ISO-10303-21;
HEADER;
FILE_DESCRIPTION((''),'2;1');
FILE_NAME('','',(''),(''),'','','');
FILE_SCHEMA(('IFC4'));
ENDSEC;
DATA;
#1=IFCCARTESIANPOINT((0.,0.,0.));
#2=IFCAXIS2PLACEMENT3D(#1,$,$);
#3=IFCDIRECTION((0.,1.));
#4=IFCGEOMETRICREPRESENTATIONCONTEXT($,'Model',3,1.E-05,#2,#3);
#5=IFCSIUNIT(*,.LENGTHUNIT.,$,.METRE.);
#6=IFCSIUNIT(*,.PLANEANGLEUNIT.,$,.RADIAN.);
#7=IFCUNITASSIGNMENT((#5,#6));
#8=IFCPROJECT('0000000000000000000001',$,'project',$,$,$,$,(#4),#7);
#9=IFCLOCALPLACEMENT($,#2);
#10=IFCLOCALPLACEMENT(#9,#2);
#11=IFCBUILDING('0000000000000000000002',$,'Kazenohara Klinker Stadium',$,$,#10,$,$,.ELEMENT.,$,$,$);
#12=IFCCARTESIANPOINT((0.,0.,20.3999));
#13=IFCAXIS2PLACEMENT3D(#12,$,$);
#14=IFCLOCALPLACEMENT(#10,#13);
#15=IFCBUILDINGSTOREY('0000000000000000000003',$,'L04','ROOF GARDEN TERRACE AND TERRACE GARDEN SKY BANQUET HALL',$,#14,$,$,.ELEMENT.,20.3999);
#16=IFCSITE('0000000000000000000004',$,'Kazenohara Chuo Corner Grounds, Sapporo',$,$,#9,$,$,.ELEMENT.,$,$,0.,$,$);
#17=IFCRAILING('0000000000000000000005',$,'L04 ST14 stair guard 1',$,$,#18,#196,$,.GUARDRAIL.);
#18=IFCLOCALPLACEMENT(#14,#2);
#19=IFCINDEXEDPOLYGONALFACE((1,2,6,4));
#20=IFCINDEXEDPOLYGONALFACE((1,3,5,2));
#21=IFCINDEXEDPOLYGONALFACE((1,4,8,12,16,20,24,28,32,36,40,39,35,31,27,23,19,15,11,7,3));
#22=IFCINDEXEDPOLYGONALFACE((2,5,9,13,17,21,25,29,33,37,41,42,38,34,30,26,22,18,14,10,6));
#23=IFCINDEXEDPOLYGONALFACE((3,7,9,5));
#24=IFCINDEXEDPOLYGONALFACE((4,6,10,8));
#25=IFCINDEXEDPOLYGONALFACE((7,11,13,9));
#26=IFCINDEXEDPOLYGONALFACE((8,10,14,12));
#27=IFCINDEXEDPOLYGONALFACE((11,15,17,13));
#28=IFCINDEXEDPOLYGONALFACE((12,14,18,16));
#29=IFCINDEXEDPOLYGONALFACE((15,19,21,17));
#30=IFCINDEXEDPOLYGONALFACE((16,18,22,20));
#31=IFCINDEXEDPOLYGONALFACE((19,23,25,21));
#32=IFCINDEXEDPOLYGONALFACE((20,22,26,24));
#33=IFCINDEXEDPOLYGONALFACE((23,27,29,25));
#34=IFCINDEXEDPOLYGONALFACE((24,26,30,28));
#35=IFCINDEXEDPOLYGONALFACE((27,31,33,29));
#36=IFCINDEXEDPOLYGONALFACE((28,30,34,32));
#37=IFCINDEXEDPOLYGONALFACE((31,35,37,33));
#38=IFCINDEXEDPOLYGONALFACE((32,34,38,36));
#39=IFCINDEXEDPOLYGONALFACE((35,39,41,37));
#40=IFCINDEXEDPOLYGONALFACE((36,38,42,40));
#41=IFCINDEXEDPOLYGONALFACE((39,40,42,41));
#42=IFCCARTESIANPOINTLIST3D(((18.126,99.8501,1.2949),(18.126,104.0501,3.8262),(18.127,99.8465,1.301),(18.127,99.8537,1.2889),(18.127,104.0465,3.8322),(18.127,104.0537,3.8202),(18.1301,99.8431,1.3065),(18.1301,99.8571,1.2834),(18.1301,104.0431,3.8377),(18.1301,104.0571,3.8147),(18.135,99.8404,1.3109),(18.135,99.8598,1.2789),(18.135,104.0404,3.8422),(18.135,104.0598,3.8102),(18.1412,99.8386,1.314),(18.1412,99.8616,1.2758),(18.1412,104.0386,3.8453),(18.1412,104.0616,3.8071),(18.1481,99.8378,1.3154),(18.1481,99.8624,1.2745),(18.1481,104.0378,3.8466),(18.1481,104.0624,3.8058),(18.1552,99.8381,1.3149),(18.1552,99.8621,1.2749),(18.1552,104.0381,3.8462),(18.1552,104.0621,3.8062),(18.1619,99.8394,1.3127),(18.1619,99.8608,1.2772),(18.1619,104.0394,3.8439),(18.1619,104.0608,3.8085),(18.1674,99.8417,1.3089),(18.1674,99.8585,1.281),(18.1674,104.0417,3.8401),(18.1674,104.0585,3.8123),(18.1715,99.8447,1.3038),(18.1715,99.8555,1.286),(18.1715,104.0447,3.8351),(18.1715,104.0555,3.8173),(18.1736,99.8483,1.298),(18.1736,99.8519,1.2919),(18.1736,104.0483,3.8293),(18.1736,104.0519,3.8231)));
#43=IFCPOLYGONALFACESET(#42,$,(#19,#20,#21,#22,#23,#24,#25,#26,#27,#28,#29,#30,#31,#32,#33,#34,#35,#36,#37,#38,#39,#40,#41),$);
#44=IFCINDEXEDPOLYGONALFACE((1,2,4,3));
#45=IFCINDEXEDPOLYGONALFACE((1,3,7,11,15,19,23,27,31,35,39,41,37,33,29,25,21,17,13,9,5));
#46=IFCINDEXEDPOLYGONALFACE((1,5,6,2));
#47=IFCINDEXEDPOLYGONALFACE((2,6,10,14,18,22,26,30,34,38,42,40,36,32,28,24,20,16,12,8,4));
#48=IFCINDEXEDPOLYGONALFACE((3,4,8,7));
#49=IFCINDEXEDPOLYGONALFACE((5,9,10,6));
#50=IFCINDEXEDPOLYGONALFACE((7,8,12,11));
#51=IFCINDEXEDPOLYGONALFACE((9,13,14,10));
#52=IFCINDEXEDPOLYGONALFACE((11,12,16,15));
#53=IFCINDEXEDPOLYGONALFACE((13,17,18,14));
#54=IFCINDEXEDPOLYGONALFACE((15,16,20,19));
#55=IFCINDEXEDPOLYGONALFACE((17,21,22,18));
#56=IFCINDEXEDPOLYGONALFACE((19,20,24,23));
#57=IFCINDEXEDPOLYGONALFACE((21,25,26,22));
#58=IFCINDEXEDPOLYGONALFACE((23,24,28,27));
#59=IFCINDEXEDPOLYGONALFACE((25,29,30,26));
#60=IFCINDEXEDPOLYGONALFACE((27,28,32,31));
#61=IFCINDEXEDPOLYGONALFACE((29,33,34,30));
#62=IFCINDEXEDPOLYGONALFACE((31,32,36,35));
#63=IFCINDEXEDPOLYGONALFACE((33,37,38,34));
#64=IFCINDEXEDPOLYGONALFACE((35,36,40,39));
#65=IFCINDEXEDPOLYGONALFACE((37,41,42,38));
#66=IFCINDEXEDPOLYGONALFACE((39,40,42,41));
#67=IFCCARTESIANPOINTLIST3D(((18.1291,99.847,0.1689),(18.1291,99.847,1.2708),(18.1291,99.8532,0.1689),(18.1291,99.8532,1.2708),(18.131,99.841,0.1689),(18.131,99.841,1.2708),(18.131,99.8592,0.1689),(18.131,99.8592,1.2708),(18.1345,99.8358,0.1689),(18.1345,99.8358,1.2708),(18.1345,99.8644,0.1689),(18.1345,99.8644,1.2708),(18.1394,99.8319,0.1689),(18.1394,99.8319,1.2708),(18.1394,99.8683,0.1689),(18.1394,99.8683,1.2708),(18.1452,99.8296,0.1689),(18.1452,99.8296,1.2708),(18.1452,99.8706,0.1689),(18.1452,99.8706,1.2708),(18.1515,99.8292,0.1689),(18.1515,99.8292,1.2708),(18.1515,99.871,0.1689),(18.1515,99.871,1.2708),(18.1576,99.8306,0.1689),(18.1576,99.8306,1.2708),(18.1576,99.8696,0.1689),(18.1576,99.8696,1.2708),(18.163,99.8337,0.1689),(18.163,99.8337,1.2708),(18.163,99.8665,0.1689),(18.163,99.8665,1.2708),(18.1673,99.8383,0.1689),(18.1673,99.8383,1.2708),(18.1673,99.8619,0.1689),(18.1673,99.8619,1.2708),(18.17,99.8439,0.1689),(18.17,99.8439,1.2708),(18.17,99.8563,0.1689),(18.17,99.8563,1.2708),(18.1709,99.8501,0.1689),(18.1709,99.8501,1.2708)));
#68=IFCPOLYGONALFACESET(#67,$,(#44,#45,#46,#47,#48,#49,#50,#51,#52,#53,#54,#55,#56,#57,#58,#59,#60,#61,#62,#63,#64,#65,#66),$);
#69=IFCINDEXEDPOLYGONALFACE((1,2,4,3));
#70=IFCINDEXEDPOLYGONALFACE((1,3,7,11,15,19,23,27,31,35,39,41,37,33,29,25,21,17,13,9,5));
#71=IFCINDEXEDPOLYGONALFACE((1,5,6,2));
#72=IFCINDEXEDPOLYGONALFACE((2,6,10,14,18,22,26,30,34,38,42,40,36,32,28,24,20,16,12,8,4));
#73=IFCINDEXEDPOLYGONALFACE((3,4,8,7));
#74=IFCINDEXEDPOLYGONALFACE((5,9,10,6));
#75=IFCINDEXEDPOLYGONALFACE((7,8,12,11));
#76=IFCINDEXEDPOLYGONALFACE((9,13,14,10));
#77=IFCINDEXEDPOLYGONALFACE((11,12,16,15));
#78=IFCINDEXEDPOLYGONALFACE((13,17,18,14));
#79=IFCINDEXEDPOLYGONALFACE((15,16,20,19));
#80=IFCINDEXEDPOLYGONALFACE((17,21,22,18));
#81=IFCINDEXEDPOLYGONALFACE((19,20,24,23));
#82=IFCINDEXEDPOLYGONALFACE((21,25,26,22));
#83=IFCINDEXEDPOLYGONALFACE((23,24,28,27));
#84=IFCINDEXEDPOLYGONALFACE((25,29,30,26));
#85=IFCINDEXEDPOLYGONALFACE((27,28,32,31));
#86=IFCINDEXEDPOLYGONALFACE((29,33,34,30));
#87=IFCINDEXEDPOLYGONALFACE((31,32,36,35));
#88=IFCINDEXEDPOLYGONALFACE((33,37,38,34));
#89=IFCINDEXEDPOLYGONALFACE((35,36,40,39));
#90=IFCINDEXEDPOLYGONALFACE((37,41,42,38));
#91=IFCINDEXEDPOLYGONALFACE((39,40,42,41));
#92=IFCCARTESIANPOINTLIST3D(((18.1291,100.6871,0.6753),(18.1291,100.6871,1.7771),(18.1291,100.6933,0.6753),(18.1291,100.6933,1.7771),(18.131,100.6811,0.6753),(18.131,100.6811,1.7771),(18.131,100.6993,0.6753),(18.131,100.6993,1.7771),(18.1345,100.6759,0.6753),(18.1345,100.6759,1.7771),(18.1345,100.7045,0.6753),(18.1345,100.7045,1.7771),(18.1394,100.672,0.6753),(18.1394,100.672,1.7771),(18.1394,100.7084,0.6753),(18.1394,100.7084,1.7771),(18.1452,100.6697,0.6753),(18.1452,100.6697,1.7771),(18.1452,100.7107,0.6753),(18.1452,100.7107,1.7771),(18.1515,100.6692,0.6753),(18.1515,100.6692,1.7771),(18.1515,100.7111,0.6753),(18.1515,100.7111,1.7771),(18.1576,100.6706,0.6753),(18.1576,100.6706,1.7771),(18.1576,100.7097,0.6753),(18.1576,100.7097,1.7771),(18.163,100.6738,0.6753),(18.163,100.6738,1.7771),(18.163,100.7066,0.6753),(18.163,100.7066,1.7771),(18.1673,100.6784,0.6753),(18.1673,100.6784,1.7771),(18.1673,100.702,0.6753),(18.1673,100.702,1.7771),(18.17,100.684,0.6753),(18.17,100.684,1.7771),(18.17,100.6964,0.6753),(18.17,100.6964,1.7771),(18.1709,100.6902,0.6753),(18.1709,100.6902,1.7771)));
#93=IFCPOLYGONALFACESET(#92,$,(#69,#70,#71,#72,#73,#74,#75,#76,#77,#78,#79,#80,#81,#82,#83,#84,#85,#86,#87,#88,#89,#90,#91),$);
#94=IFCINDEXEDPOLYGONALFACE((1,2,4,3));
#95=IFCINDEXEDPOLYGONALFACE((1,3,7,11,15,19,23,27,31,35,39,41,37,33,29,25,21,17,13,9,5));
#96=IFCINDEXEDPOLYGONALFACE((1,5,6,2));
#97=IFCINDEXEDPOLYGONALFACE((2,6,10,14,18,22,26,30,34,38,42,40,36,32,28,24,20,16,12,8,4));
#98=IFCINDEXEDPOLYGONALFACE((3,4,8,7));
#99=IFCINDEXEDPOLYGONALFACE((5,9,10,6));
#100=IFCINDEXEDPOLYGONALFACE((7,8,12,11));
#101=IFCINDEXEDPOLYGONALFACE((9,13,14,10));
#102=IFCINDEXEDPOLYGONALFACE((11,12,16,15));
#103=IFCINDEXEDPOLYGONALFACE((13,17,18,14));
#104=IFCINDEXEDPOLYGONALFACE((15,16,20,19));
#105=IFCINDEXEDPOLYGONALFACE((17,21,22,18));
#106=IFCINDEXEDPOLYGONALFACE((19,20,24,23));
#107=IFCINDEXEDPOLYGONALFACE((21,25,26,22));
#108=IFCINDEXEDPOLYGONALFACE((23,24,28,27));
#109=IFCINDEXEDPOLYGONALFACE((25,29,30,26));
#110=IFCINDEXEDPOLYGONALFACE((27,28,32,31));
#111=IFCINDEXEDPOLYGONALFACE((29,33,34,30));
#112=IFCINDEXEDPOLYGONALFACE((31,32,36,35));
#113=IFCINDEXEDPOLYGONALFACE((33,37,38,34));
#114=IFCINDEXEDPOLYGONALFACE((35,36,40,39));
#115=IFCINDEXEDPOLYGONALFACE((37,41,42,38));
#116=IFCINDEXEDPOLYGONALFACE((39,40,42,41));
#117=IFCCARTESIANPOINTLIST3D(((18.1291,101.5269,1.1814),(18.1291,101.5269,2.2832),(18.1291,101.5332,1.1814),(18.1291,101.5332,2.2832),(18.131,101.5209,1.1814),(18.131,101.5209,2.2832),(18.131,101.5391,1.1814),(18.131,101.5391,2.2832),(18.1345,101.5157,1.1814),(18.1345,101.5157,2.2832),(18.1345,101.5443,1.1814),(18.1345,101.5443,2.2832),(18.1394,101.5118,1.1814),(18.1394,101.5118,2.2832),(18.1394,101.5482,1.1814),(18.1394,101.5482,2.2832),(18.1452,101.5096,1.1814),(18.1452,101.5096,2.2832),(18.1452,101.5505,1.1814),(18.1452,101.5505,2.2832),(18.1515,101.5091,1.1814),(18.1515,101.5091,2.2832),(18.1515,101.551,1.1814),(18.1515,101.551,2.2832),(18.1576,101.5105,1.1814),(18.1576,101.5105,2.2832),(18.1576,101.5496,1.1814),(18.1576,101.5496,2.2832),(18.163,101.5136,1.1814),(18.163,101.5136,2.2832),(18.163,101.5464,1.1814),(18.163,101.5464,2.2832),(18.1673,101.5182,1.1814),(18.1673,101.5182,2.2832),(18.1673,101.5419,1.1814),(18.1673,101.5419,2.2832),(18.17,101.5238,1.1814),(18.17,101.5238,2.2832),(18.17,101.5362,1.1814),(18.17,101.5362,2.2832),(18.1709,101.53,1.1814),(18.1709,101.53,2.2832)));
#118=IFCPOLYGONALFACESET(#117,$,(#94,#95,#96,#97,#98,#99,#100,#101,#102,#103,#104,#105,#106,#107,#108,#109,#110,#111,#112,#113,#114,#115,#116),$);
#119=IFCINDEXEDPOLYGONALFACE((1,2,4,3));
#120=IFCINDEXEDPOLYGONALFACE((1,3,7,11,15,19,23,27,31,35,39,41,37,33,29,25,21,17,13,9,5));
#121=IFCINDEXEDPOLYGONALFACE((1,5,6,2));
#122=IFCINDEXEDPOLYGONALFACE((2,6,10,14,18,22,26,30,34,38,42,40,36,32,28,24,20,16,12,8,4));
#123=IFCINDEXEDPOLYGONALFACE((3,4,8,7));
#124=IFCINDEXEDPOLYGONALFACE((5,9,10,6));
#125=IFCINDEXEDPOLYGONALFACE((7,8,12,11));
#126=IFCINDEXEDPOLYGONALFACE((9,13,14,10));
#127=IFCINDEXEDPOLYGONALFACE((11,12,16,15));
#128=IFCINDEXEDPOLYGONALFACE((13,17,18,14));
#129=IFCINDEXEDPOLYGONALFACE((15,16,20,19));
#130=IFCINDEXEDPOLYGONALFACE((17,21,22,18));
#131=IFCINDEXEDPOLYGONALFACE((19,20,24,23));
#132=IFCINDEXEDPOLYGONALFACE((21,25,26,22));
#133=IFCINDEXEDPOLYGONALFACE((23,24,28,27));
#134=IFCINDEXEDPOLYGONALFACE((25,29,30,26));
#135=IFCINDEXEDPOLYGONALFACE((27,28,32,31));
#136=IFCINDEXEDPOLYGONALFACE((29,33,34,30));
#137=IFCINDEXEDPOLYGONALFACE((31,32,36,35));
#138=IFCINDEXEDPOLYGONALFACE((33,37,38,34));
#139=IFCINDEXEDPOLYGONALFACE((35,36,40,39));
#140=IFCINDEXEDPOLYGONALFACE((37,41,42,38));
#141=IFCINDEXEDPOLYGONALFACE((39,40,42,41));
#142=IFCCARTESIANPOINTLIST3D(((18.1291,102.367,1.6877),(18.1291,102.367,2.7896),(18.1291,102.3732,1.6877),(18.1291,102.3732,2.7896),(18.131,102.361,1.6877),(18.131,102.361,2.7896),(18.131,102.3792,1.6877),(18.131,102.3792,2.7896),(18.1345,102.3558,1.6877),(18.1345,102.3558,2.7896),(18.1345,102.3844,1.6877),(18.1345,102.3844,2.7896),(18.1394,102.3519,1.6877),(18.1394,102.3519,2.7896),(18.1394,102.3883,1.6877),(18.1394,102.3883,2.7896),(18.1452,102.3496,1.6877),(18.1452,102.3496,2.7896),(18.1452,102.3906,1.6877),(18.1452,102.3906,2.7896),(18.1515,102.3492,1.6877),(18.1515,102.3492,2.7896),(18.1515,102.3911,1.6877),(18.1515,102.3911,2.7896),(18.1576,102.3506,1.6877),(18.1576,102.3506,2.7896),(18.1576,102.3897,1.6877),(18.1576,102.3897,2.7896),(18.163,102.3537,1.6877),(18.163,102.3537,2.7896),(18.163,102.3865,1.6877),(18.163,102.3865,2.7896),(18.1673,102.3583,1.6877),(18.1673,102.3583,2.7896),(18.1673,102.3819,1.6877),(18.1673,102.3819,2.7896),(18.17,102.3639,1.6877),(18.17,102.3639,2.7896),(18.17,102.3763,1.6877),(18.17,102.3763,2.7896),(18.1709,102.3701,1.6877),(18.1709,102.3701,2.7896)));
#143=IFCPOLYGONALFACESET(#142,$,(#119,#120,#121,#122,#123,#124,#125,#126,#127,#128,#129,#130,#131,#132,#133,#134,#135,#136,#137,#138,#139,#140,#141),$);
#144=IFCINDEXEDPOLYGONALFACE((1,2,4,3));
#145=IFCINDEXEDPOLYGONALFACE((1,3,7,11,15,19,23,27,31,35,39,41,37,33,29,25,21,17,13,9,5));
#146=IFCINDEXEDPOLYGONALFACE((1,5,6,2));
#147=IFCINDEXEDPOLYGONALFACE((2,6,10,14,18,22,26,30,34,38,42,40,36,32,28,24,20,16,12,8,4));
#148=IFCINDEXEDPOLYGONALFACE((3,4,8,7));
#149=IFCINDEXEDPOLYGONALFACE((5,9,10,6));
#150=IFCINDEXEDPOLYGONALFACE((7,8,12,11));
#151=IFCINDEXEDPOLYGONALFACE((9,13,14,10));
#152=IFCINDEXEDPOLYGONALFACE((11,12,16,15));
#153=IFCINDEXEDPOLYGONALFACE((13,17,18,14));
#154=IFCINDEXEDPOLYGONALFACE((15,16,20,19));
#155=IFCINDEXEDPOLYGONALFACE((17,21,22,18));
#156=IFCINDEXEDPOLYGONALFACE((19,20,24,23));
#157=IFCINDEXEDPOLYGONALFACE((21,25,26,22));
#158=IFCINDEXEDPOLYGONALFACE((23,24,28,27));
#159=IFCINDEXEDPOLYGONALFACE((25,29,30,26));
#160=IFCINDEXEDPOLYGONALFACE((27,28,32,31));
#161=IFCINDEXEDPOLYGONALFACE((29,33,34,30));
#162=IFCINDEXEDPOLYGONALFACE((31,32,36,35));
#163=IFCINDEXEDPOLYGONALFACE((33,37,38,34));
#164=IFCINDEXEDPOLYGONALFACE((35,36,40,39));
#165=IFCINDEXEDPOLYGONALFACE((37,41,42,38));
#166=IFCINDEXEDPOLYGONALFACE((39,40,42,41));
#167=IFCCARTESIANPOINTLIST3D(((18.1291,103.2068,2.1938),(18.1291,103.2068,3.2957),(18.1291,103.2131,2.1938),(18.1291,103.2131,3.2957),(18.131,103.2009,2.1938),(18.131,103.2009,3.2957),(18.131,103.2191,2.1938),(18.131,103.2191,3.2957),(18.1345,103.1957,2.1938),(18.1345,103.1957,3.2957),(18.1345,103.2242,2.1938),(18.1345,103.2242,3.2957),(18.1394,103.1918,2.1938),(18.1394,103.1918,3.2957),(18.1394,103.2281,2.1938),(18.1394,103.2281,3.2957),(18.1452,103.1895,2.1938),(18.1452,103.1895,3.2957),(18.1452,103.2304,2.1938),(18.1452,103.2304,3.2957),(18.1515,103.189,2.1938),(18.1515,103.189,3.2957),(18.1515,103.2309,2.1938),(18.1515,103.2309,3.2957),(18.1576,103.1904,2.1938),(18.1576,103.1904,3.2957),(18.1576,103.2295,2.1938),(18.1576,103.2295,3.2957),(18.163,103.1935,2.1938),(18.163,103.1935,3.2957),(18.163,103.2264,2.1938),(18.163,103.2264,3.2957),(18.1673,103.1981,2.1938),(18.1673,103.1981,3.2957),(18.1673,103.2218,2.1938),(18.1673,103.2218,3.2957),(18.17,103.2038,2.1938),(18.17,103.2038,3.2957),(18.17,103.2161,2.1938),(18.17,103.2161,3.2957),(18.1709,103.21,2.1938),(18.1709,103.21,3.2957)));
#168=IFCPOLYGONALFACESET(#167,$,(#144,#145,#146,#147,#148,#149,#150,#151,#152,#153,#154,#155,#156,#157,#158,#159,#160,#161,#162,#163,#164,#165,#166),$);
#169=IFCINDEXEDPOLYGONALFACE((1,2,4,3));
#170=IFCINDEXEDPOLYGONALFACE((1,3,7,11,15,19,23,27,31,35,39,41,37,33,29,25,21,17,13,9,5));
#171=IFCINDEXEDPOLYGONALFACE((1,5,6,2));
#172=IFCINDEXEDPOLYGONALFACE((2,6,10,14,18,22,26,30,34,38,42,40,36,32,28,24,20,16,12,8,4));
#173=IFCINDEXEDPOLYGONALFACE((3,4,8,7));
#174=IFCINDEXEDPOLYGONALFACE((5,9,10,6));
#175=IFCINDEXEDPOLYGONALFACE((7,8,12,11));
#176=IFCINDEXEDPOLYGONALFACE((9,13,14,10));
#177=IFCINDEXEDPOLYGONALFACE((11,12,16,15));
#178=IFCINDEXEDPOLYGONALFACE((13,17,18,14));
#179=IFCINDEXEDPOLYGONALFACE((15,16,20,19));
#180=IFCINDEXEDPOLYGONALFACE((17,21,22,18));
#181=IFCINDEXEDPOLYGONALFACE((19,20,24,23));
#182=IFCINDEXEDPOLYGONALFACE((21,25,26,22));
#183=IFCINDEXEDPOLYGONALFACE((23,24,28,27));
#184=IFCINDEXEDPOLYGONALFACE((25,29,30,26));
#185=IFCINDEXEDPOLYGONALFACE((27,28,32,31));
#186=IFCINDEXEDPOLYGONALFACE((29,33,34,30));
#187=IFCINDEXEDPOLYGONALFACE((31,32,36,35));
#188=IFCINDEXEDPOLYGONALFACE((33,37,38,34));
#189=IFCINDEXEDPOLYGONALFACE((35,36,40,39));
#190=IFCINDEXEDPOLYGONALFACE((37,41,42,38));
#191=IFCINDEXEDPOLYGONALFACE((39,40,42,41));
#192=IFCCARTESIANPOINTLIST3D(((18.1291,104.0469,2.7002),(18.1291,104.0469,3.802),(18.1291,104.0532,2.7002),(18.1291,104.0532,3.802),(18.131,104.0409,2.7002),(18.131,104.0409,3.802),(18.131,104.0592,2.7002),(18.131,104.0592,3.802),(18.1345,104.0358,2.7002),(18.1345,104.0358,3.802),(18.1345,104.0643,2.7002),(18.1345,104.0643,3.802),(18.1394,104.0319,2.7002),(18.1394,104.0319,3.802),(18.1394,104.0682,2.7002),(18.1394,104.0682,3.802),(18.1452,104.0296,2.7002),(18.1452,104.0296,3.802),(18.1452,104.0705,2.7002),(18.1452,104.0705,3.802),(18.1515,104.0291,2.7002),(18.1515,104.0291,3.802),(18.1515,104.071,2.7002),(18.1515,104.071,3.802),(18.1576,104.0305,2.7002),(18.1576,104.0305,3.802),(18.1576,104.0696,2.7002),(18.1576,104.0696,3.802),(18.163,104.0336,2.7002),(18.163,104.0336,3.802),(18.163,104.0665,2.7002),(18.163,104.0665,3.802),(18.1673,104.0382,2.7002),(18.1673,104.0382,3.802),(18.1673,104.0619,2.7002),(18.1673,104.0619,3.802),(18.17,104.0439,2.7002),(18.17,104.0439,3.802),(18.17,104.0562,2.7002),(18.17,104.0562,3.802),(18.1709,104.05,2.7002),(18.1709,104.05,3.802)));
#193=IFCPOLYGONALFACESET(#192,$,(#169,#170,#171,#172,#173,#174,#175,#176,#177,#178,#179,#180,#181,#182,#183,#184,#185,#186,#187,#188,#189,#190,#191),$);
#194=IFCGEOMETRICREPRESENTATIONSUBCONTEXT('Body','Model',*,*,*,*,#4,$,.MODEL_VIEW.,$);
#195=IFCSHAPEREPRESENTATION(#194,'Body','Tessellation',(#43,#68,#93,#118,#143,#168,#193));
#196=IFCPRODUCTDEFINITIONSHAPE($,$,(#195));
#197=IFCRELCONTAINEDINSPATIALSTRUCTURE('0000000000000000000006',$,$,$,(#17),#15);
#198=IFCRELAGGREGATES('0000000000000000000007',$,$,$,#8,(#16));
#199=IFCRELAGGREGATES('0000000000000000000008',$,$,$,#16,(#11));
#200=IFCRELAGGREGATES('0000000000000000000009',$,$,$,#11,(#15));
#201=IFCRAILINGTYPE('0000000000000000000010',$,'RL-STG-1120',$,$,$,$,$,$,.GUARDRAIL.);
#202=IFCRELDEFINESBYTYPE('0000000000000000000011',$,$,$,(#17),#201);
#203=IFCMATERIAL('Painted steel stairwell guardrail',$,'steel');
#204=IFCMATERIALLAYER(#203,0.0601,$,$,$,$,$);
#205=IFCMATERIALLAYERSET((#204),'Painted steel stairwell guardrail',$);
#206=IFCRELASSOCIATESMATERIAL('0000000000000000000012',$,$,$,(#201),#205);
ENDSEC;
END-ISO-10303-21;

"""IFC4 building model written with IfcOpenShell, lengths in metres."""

from ifc_helpers import new_model, si_unit, direction, frame, origin, origin_2d, place, context, subcontext, project, spatial, circle, extrude, material, layer, layer_set, type_object, element, save


model = new_model("IFC4")

# Units and contexts
model_context = context("Model", 3, precision=1e-05, world=origin(), true_north=direction((0.0, 1.0)))
body_context = subcontext(model_context, "Body", "Model", "MODEL_VIEW")
ifc_project = project(units=[si_unit("LENGTHUNIT", "METRE"), si_unit("PLANEANGLEUNIT", "RADIAN")], contexts=[model_context])

# Site, building, storey
site_placement = place(None, origin())
site = spatial("IfcSite", under=ifc_project, at=site_placement, Name="Kazenohara Chuo Corner Grounds, Sapporo", CompositionType="ELEMENT", RefElevation=0.0)
building_placement = place(site_placement, origin())
building = spatial("IfcBuilding", under=site, at=building_placement, Name="Kazenohara Klinker Stadium", CompositionType="ELEMENT")
storey_placement = place(building_placement, frame((0.0, 0.0, 20.3999)))
storey = spatial("IfcBuildingStorey", under=building, at=storey_placement, Name="L04", Description="ROOF GARDEN TERRACE AND TERRACE GARDEN SKY BANQUET HALL", CompositionType="ELEMENT", Elevation=20.3999)

# Railing
ifc_material_1 = material(Name="Painted steel stairwell guardrail", Category="steel")
ifc_layer_1 = layer(ifc_material_1, 0.0601)
ifc_layer_set_1 = layer_set([ifc_layer_1], Name="Painted steel stairwell guardrail")
railing_type_1 = type_object("IfcRailingType", Name="RL-STG-1120", PredefinedType="GUARDRAIL", material=ifc_layer_set_1)
railing_1_placement = place(storey_placement, frame((18.1499, 99.8501, 0.1689)))
element("IfcRailing", 1, at=railing_1_placement, inside=storey, type_object=railing_type_1, Name="L04 ST14 stair guard 1", PredefinedType="GUARDRAIL", context=body_context, shape_type="SweptSolid", body=[
    extrude(circle(Radius=0.0239, at=origin_2d()), frame((0.0, 0.0, 1.126), z_axis=(0.0, 0.856476, 0.516186), x_axis=(-1.0, 0.0, 0.0)), (0.0, 0.0, 1.0), 4.9038),
    extrude(circle(Radius=0.021, at=origin_2d()), origin(), (0.0, 0.0, 1.0), 1.1018),
    extrude(circle(Radius=0.021, at=origin_2d()), frame((0.0, 0.8401, 0.5063)), (0.0, 0.0, 1.0), 1.1018),
    extrude(circle(Radius=0.021, at=origin_2d()), frame((0.0, 1.6799, 1.0125)), (0.0, 0.0, 1.0), 1.1018),
    extrude(circle(Radius=0.021, at=origin_2d()), frame((0.0, 2.52, 1.5188)), (0.0, 0.0, 1.0), 1.1018),
    extrude(circle(Radius=0.021, at=origin_2d()), frame((0.0, 3.3599, 2.0249)), (0.0, 0.0, 1.0), 1.1018),
    extrude(circle(Radius=0.021, at=origin_2d()), frame((0.0, 4.2, 2.5312)), (0.0, 0.0, 1.0), 1.1018),
])

save(model, "model.ifc")
